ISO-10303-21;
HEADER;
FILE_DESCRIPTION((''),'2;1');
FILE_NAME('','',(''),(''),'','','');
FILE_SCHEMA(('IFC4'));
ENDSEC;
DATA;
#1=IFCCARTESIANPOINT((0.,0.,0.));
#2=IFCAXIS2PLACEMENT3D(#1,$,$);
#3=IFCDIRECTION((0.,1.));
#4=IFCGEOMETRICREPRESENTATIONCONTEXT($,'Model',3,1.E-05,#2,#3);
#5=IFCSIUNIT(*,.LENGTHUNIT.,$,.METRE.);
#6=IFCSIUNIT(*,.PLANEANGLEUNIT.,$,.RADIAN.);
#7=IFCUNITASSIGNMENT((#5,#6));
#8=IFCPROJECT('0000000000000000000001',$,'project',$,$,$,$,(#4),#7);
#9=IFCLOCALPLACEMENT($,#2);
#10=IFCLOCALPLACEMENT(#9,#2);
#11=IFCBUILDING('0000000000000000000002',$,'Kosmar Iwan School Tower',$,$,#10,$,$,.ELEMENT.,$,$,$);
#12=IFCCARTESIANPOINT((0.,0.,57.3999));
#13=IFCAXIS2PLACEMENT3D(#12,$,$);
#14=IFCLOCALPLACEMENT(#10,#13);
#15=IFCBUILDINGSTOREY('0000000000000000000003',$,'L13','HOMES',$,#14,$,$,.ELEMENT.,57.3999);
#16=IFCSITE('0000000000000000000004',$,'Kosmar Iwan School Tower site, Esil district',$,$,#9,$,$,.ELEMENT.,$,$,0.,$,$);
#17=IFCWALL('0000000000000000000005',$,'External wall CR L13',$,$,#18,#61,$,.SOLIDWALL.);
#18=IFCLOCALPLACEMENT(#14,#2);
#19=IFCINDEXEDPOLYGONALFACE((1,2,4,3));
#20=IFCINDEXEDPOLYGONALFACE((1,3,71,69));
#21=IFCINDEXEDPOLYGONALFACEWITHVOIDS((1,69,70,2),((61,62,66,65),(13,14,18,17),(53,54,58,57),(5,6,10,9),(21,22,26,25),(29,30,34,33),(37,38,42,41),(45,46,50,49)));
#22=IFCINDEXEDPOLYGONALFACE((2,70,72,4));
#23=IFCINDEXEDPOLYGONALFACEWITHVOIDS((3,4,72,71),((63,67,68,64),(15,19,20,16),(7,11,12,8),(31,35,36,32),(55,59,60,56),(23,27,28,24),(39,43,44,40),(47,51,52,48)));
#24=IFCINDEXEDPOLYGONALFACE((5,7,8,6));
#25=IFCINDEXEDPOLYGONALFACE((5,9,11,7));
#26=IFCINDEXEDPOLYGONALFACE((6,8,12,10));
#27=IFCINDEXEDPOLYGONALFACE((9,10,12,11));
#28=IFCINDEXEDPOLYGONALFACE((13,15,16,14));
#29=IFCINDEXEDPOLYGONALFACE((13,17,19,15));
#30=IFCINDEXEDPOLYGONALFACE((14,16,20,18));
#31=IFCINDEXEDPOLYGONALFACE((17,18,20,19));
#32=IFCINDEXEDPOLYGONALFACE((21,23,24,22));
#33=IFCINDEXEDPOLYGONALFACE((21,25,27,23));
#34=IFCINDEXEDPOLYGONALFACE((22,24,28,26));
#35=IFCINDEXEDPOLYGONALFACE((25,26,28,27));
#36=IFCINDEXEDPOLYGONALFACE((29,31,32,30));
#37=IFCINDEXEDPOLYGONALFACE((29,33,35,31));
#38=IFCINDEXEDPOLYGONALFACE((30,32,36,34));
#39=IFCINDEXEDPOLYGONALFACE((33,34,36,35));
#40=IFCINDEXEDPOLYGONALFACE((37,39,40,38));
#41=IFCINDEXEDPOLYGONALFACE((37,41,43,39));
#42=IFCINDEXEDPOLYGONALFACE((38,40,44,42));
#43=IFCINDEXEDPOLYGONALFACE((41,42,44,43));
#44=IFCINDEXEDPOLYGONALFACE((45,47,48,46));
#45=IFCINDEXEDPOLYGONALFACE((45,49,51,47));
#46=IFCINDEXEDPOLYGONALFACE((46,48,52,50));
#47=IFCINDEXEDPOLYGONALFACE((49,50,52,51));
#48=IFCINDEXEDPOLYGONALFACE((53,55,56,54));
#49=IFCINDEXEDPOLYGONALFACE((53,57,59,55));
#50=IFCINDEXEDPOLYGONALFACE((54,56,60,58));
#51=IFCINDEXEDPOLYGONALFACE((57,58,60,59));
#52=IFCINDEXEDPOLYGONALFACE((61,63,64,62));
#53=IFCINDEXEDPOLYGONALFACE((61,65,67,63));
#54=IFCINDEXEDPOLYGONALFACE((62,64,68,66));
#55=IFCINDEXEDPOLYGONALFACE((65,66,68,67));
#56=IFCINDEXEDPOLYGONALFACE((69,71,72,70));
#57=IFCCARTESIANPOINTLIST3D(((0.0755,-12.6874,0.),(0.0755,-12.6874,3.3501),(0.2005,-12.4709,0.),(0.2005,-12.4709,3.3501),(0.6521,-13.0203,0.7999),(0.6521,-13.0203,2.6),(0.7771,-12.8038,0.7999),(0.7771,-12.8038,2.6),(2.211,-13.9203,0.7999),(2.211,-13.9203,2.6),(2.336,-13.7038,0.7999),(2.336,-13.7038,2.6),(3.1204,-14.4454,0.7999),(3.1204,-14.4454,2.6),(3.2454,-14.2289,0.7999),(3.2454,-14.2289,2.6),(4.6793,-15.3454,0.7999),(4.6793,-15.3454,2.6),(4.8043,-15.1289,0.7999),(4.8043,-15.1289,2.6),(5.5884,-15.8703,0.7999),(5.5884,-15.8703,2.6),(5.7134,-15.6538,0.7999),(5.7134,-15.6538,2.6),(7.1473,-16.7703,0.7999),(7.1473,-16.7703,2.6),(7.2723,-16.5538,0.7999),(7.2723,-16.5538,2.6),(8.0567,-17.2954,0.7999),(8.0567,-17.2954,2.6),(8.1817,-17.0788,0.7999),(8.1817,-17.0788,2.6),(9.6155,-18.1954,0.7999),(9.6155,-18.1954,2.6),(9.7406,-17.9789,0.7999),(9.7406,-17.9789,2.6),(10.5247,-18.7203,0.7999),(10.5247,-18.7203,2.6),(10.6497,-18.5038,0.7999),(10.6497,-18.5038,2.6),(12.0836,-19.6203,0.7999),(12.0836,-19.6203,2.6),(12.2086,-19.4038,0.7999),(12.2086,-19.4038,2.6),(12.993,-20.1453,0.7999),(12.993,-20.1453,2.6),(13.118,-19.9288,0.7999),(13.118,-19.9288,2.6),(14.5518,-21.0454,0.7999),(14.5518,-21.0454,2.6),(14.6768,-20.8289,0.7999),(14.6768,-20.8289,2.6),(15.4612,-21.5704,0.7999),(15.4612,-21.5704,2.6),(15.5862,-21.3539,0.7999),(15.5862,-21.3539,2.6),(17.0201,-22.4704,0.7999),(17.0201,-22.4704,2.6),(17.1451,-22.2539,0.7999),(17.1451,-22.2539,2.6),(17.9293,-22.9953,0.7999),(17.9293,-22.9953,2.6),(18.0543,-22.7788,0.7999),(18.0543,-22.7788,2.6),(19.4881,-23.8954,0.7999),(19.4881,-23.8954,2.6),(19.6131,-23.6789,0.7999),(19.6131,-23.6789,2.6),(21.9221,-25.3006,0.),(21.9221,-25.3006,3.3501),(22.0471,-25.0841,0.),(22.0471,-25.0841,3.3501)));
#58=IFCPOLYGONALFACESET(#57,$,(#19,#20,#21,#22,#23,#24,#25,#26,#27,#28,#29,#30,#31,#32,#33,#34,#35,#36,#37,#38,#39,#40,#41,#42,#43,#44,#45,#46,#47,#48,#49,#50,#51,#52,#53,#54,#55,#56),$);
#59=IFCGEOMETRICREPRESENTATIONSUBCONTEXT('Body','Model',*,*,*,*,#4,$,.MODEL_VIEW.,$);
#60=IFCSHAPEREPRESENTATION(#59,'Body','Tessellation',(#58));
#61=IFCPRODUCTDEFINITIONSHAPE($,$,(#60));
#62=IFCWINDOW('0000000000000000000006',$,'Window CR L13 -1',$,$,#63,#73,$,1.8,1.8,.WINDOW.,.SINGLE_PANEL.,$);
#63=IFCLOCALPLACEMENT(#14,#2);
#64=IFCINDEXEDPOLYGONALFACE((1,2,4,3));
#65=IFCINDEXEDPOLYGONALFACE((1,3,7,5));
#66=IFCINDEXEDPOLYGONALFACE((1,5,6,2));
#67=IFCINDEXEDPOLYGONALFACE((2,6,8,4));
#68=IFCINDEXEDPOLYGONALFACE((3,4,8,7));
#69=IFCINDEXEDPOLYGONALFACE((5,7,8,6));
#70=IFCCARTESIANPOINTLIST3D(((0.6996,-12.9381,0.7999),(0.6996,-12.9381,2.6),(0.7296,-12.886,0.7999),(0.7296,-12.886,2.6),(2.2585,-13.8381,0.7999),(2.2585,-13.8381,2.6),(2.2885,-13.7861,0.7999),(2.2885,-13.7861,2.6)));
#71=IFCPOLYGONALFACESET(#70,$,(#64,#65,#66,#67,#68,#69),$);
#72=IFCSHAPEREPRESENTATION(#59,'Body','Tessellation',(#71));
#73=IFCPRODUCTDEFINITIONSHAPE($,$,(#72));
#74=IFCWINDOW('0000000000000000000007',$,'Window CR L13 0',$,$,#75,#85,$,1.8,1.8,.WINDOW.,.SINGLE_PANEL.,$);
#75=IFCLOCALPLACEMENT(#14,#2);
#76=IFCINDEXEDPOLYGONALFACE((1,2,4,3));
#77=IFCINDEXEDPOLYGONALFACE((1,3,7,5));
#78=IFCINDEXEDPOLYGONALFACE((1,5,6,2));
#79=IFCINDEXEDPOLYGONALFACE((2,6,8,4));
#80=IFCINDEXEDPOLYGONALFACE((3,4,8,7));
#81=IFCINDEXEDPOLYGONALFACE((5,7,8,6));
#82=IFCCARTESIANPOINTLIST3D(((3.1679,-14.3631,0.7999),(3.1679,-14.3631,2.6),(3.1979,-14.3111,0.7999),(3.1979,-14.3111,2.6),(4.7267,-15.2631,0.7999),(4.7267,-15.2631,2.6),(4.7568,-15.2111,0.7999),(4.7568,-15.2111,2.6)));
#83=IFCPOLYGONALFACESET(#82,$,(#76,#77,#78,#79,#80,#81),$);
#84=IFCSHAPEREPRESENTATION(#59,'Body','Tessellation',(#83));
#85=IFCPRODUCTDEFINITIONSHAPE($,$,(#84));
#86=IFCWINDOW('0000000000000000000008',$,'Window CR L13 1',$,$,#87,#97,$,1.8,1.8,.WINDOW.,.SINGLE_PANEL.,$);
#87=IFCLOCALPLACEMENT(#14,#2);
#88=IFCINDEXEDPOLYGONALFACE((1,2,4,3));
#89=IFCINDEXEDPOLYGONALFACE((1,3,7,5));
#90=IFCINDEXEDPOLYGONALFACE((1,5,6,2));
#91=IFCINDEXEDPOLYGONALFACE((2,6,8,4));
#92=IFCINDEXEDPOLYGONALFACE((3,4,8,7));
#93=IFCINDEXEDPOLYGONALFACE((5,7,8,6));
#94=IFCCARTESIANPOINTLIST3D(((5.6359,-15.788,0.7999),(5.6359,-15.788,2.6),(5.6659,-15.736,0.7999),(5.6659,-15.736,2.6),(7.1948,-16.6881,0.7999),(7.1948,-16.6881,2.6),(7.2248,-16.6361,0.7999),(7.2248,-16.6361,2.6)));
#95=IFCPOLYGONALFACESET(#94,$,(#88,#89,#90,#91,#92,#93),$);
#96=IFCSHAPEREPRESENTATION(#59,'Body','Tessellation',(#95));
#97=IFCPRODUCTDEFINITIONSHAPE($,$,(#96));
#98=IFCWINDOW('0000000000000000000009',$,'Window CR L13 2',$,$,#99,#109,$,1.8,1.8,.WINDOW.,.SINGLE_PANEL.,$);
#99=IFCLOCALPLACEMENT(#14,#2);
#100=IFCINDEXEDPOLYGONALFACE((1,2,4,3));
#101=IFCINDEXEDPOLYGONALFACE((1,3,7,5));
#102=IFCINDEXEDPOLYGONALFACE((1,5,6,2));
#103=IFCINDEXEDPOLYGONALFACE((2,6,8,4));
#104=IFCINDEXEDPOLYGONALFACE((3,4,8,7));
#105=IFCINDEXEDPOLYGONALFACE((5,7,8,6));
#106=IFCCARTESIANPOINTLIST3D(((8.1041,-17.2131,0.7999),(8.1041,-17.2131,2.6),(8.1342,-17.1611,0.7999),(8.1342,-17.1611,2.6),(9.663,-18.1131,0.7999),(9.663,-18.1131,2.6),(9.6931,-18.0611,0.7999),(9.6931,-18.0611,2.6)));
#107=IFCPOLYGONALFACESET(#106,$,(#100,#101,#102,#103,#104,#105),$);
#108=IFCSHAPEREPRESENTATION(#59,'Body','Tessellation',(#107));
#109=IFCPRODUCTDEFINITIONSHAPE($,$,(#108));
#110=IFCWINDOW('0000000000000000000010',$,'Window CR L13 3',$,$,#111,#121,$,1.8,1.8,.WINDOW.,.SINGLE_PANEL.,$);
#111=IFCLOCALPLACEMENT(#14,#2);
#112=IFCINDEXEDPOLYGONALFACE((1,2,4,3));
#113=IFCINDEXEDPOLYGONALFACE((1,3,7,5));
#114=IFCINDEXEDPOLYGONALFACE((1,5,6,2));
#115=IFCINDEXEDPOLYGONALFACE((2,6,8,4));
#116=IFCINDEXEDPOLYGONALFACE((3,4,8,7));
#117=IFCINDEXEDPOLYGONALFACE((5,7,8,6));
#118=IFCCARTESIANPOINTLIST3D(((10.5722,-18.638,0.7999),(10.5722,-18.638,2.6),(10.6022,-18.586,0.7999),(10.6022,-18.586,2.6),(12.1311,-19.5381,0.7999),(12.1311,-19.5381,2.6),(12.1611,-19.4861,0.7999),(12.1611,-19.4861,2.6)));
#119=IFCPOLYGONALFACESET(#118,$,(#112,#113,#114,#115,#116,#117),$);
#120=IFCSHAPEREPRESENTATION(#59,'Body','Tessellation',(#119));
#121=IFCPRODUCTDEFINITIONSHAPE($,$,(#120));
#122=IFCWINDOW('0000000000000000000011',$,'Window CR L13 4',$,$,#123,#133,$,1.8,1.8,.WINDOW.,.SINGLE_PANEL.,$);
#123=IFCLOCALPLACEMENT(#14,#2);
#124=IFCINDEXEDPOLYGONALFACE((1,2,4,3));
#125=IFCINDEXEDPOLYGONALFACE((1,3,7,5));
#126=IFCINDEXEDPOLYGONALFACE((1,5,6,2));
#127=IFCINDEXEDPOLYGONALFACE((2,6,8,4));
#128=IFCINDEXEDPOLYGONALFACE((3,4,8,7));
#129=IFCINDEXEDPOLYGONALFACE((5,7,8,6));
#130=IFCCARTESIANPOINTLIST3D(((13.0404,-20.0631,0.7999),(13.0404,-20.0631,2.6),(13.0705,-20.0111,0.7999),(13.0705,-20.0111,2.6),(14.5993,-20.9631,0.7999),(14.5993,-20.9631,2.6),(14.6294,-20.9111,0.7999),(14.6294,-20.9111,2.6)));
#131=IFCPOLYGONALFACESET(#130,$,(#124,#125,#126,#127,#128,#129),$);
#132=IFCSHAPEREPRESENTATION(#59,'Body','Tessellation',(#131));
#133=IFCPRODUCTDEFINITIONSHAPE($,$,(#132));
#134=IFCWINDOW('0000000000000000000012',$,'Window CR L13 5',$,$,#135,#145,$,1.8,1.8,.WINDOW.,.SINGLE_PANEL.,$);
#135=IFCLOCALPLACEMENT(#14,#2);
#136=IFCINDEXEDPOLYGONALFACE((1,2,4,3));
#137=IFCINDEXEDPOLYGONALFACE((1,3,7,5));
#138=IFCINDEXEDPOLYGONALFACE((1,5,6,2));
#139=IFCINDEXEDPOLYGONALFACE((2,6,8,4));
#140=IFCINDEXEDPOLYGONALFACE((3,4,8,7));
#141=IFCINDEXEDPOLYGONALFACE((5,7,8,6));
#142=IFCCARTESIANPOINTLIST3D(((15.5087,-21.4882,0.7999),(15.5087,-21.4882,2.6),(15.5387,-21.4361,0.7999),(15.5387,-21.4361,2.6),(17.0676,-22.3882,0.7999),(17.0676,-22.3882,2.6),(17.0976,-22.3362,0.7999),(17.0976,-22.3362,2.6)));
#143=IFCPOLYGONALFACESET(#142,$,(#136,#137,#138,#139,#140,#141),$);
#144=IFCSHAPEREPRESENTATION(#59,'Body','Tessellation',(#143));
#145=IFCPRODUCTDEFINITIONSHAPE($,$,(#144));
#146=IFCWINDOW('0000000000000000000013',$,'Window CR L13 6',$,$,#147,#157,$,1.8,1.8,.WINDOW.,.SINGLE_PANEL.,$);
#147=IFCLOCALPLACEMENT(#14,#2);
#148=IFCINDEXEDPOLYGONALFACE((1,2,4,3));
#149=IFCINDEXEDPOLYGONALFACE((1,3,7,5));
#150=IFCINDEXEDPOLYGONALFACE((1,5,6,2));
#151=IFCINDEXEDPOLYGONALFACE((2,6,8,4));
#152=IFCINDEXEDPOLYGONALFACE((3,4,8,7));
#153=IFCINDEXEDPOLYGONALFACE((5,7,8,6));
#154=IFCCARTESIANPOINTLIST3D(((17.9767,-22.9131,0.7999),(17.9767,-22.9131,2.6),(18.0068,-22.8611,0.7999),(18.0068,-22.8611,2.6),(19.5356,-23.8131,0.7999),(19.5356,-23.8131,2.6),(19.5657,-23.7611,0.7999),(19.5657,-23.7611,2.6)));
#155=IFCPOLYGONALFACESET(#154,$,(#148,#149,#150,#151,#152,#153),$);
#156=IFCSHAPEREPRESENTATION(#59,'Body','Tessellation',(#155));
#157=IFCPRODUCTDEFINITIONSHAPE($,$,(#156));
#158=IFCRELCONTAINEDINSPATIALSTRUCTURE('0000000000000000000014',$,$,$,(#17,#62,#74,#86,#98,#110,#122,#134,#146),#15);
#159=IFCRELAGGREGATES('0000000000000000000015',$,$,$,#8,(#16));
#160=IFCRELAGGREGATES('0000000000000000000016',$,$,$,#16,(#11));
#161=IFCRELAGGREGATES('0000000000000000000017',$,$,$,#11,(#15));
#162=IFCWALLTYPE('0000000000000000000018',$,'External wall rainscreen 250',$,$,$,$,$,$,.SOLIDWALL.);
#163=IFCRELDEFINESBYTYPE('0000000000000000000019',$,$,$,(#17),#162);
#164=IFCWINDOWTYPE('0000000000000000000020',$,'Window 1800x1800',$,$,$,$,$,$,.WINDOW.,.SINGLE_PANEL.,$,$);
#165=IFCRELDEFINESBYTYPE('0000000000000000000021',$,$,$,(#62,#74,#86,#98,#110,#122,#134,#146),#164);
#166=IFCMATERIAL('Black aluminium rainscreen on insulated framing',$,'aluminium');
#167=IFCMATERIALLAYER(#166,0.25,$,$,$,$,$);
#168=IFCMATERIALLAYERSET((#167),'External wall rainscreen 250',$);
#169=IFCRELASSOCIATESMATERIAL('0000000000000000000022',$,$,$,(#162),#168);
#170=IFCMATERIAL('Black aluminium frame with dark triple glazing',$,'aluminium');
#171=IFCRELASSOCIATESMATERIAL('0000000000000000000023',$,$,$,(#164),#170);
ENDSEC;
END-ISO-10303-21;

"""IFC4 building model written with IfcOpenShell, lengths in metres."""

from ifc_helpers import new_model, si_unit, direction, frame, frame_2d, origin, place, context, subcontext, project, spatial, rectangle, extrude, material, layer, layer_set, type_object, element, fill, save


model = new_model("IFC4")

# Units and contexts
model_context = context("Model", 3, precision=1e-05, world=origin(), true_north=direction((0.0, 1.0)))
body_context = subcontext(model_context, "Body", "Model", "MODEL_VIEW")
ifc_project = project(units=[si_unit("LENGTHUNIT", "METRE"), si_unit("PLANEANGLEUNIT", "RADIAN")], contexts=[model_context])

# Site, building, storey
site_placement = place(None, origin())
site = spatial("IfcSite", under=ifc_project, at=site_placement, Name="Kosmar Iwan School Tower site, Esil district", CompositionType="ELEMENT", RefElevation=0.0)
building_placement = place(site_placement, origin())
building = spatial("IfcBuilding", under=site, at=building_placement, Name="Kosmar Iwan School Tower", CompositionType="ELEMENT")
storey_placement = place(building_placement, frame((0.0, 0.0, 57.3999)))
storey = spatial("IfcBuildingStorey", under=building, at=storey_placement, Name="L13", Description="HOMES", CompositionType="ELEMENT", Elevation=57.3999)

# Wall, openings, windows
ifc_material_1 = material(Name="Black aluminium rainscreen on insulated framing", Category="aluminium")
ifc_layer = layer(ifc_material_1, 0.25)
ifc_layer_set = layer_set([ifc_layer], Name="External wall rainscreen 250")
wall_type = type_object("IfcWallType", Name="External wall rainscreen 250", PredefinedType="SOLIDWALL", material=ifc_layer_set)
ifc_material_2 = material(Name="Black aluminium frame with dark triple glazing", Category="aluminium")
window_type = type_object("IfcWindowType", Name="Window 1800x1800", PartitioningType="SINGLE_PANEL", PredefinedType="WINDOW", material=ifc_material_2)
wall_1_placement = place(storey_placement, frame((0.1379, -12.5791, 0.0), z_axis=(0.0, 0.0, 1.0), x_axis=(0.866024, -0.500003, 0.0)))
wall_1 = element("IfcWall", 1, at=wall_1_placement, inside=storey, type_object=wall_type, Name="External wall CR L13", PredefinedType="SOLIDWALL", context=body_context, shape_type="SweptSolid", body=[
    extrude(rectangle(XDim=25.2263, YDim=0.25, at=frame_2d((12.6133, 0.0))), origin(), (0.0, 0.0, 1.0), 3.3501),
])
opening_1_placement = place(wall_1_placement, frame((0.666, 0.0, 0.8)))
opening_1 = element("IfcOpeningElement", 2, at=opening_1_placement, cuts=wall_1, PredefinedType="OPENING", context=body_context, shape_type="SweptSolid", body=[
    extrude(rectangle(XDim=1.8, YDim=1.8, at=frame_2d((0.8999, 0.8999))), frame((0.0, 0.137, 0.0), z_axis=(0.0, -1.0, 0.0), x_axis=(1.0, 0.0, 0.0)), (0.0, 0.0, 1.0), 0.2739),
])
opening_2_placement = place(wall_1_placement, frame((3.5161, 0.0, 0.8)))
opening_2 = element("IfcOpeningElement", 3, at=opening_2_placement, cuts=wall_1, PredefinedType="OPENING", context=body_context, shape_type="SweptSolid", body=[
    extrude(rectangle(XDim=1.8, YDim=1.8, at=frame_2d((0.8999, 0.8999))), frame((0.0, 0.137, 0.0), z_axis=(0.0, -1.0, 0.0), x_axis=(1.0, 0.0, 0.0)), (0.0, 0.0, 1.0), 0.2739),
])
opening_3_placement = place(wall_1_placement, frame((6.366, 0.0, 0.8)))
opening_3 = element("IfcOpeningElement", 4, at=opening_3_placement, cuts=wall_1, PredefinedType="OPENING", context=body_context, shape_type="SweptSolid", body=[
    extrude(rectangle(XDim=1.8, YDim=1.8, at=frame_2d((0.8999, 0.8999))), frame((0.0, 0.137, 0.0), z_axis=(0.0, -1.0, 0.0), x_axis=(1.0, 0.0, 0.0)), (0.0, 0.0, 1.0), 0.2739),
])
opening_4_placement = place(wall_1_placement, frame((9.2161, 0.0, 0.8)))
opening_4 = element("IfcOpeningElement", 5, at=opening_4_placement, cuts=wall_1, PredefinedType="OPENING", context=body_context, shape_type="SweptSolid", body=[
    extrude(rectangle(XDim=1.8, YDim=1.8, at=frame_2d((0.8999, 0.8999))), frame((0.0, 0.137, 0.0), z_axis=(0.0, -1.0, 0.0), x_axis=(1.0, 0.0, 0.0)), (0.0, 0.0, 1.0), 0.2739),
])
opening_5_placement = place(wall_1_placement, frame((12.0659, 0.0, 0.8)))
opening_5 = element("IfcOpeningElement", 6, at=opening_5_placement, cuts=wall_1, PredefinedType="OPENING", context=body_context, shape_type="SweptSolid", body=[
    extrude(rectangle(XDim=1.8, YDim=1.8, at=frame_2d((0.8999, 0.8999))), frame((0.0, 0.137, 0.0), z_axis=(0.0, -1.0, 0.0), x_axis=(1.0, 0.0, 0.0)), (0.0, 0.0, 1.0), 0.2739),
])
opening_6_placement = place(wall_1_placement, frame((14.916, 0.0, 0.8)))
opening_6 = element("IfcOpeningElement", 7, at=opening_6_placement, cuts=wall_1, PredefinedType="OPENING", context=body_context, shape_type="SweptSolid", body=[
    extrude(rectangle(XDim=1.8, YDim=1.8, at=frame_2d((0.8999, 0.8999))), frame((0.0, 0.137, 0.0), z_axis=(0.0, -1.0, 0.0), x_axis=(1.0, 0.0, 0.0)), (0.0, 0.0, 1.0), 0.2739),
])
opening_7_placement = place(wall_1_placement, frame((17.7661, 0.0, 0.8)))
opening_7 = element("IfcOpeningElement", 8, at=opening_7_placement, cuts=wall_1, PredefinedType="OPENING", context=body_context, shape_type="SweptSolid", body=[
    extrude(rectangle(XDim=1.8, YDim=1.8, at=frame_2d((0.8999, 0.8999))), frame((0.0, 0.137, 0.0), z_axis=(0.0, -1.0, 0.0), x_axis=(1.0, 0.0, 0.0)), (0.0, 0.0, 1.0), 0.2739),
])
opening_8_placement = place(wall_1_placement, frame((20.616, 0.0, 0.8)))
opening_8 = element("IfcOpeningElement", 9, at=opening_8_placement, cuts=wall_1, PredefinedType="OPENING", context=body_context, shape_type="SweptSolid", body=[
    extrude(rectangle(XDim=1.8, YDim=1.8, at=frame_2d((0.8999, 0.8999))), frame((0.0, 0.137, 0.0), z_axis=(0.0, -1.0, 0.0), x_axis=(1.0, 0.0, 0.0)), (0.0, 0.0, 1.0), 0.2739),
])
window_1_placement = place(opening_1_placement, origin())
window_1 = element("IfcWindow", 10, at=window_1_placement, inside=storey, type_object=window_type, Name="Window CR L13 -1", OverallHeight=1.8, OverallWidth=1.8, PartitioningType="SINGLE_PANEL", PredefinedType="WINDOW", context=body_context, shape_type="SweptSolid", body=[
    extrude(rectangle(XDim=1.8, YDim=1.8, at=frame_2d((0.8999, 0.8999))), frame((0.0, 0.03, 0.0), z_axis=(0.0, -1.0, 0.0), x_axis=(1.0, 0.0, 0.0)), (0.0, 0.0, 1.0), 0.0601),
])
fill(opening_1, window_1)
window_2_placement = place(opening_2_placement, origin())
window_2 = element("IfcWindow", 11, at=window_2_placement, inside=storey, type_object=window_type, Name="Window CR L13 0", OverallHeight=1.8, OverallWidth=1.8, PartitioningType="SINGLE_PANEL", PredefinedType="WINDOW", context=body_context, shape_type="SweptSolid", body=[
    extrude(rectangle(XDim=1.8, YDim=1.8, at=frame_2d((0.8999, 0.8999))), frame((0.0, 0.03, 0.0), z_axis=(0.0, -1.0, 0.0), x_axis=(1.0, 0.0, 0.0)), (0.0, 0.0, 1.0), 0.0601),
])
fill(opening_2, window_2)
window_3_placement = place(opening_3_placement, origin())
window_3 = element("IfcWindow", 12, at=window_3_placement, inside=storey, type_object=window_type, Name="Window CR L13 1", OverallHeight=1.8, OverallWidth=1.8, PartitioningType="SINGLE_PANEL", PredefinedType="WINDOW", context=body_context, shape_type="SweptSolid", body=[
    extrude(rectangle(XDim=1.8, YDim=1.8, at=frame_2d((0.8999, 0.8999))), frame((0.0, 0.03, 0.0), z_axis=(0.0, -1.0, 0.0), x_axis=(1.0, 0.0, 0.0)), (0.0, 0.0, 1.0), 0.0601),
])
fill(opening_3, window_3)
window_4_placement = place(opening_4_placement, origin())
window_4 = element("IfcWindow", 13, at=window_4_placement, inside=storey, type_object=window_type, Name="Window CR L13 2", OverallHeight=1.8, OverallWidth=1.8, PartitioningType="SINGLE_PANEL", PredefinedType="WINDOW", context=body_context, shape_type="SweptSolid", body=[
    extrude(rectangle(XDim=1.8, YDim=1.8, at=frame_2d((0.8999, 0.8999))), frame((0.0, 0.03, 0.0), z_axis=(0.0, -1.0, 0.0), x_axis=(1.0, 0.0, 0.0)), (0.0, 0.0, 1.0), 0.0601),
])
fill(opening_4, window_4)
window_5_placement = place(opening_5_placement, origin())
window_5 = element("IfcWindow", 14, at=window_5_placement, inside=storey, type_object=window_type, Name="Window CR L13 3", OverallHeight=1.8, OverallWidth=1.8, PartitioningType="SINGLE_PANEL", PredefinedType="WINDOW", context=body_context, shape_type="SweptSolid", body=[
    extrude(rectangle(XDim=1.8, YDim=1.8, at=frame_2d((0.8999, 0.8999))), frame((0.0, 0.03, 0.0), z_axis=(0.0, -1.0, 0.0), x_axis=(1.0, 0.0, 0.0)), (0.0, 0.0, 1.0), 0.0601),
])
fill(opening_5, window_5)
window_6_placement = place(opening_6_placement, origin())
window_6 = element("IfcWindow", 15, at=window_6_placement, inside=storey, type_object=window_type, Name="Window CR L13 4", OverallHeight=1.8, OverallWidth=1.8, PartitioningType="SINGLE_PANEL", PredefinedType="WINDOW", context=body_context, shape_type="SweptSolid", body=[
    extrude(rectangle(XDim=1.8, YDim=1.8, at=frame_2d((0.8999, 0.8999))), frame((0.0, 0.03, 0.0), z_axis=(0.0, -1.0, 0.0), x_axis=(1.0, 0.0, 0.0)), (0.0, 0.0, 1.0), 0.0601),
])
fill(opening_6, window_6)
window_7_placement = place(opening_7_placement, origin())
window_7 = element("IfcWindow", 16, at=window_7_placement, inside=storey, type_object=window_type, Name="Window CR L13 5", OverallHeight=1.8, OverallWidth=1.8, PartitioningType="SINGLE_PANEL", PredefinedType="WINDOW", context=body_context, shape_type="SweptSolid", body=[
    extrude(rectangle(XDim=1.8, YDim=1.8, at=frame_2d((0.8999, 0.8999))), frame((0.0, 0.03, 0.0), z_axis=(0.0, -1.0, 0.0), x_axis=(1.0, 0.0, 0.0)), (0.0, 0.0, 1.0), 0.0601),
])
fill(opening_7, window_7)
window_8_placement = place(opening_8_placement, origin())
window_8 = element("IfcWindow", 17, at=window_8_placement, inside=storey, type_object=window_type, Name="Window CR L13 6", OverallHeight=1.8, OverallWidth=1.8, PartitioningType="SINGLE_PANEL", PredefinedType="WINDOW", context=body_context, shape_type="SweptSolid", body=[
    extrude(rectangle(XDim=1.8, YDim=1.8, at=frame_2d((0.8999, 0.8999))), frame((0.0, 0.03, 0.0), z_axis=(0.0, -1.0, 0.0), x_axis=(1.0, 0.0, 0.0)), (0.0, 0.0, 1.0), 0.0601),
])
fill(opening_8, window_8)

save(model, "model.ifc")
